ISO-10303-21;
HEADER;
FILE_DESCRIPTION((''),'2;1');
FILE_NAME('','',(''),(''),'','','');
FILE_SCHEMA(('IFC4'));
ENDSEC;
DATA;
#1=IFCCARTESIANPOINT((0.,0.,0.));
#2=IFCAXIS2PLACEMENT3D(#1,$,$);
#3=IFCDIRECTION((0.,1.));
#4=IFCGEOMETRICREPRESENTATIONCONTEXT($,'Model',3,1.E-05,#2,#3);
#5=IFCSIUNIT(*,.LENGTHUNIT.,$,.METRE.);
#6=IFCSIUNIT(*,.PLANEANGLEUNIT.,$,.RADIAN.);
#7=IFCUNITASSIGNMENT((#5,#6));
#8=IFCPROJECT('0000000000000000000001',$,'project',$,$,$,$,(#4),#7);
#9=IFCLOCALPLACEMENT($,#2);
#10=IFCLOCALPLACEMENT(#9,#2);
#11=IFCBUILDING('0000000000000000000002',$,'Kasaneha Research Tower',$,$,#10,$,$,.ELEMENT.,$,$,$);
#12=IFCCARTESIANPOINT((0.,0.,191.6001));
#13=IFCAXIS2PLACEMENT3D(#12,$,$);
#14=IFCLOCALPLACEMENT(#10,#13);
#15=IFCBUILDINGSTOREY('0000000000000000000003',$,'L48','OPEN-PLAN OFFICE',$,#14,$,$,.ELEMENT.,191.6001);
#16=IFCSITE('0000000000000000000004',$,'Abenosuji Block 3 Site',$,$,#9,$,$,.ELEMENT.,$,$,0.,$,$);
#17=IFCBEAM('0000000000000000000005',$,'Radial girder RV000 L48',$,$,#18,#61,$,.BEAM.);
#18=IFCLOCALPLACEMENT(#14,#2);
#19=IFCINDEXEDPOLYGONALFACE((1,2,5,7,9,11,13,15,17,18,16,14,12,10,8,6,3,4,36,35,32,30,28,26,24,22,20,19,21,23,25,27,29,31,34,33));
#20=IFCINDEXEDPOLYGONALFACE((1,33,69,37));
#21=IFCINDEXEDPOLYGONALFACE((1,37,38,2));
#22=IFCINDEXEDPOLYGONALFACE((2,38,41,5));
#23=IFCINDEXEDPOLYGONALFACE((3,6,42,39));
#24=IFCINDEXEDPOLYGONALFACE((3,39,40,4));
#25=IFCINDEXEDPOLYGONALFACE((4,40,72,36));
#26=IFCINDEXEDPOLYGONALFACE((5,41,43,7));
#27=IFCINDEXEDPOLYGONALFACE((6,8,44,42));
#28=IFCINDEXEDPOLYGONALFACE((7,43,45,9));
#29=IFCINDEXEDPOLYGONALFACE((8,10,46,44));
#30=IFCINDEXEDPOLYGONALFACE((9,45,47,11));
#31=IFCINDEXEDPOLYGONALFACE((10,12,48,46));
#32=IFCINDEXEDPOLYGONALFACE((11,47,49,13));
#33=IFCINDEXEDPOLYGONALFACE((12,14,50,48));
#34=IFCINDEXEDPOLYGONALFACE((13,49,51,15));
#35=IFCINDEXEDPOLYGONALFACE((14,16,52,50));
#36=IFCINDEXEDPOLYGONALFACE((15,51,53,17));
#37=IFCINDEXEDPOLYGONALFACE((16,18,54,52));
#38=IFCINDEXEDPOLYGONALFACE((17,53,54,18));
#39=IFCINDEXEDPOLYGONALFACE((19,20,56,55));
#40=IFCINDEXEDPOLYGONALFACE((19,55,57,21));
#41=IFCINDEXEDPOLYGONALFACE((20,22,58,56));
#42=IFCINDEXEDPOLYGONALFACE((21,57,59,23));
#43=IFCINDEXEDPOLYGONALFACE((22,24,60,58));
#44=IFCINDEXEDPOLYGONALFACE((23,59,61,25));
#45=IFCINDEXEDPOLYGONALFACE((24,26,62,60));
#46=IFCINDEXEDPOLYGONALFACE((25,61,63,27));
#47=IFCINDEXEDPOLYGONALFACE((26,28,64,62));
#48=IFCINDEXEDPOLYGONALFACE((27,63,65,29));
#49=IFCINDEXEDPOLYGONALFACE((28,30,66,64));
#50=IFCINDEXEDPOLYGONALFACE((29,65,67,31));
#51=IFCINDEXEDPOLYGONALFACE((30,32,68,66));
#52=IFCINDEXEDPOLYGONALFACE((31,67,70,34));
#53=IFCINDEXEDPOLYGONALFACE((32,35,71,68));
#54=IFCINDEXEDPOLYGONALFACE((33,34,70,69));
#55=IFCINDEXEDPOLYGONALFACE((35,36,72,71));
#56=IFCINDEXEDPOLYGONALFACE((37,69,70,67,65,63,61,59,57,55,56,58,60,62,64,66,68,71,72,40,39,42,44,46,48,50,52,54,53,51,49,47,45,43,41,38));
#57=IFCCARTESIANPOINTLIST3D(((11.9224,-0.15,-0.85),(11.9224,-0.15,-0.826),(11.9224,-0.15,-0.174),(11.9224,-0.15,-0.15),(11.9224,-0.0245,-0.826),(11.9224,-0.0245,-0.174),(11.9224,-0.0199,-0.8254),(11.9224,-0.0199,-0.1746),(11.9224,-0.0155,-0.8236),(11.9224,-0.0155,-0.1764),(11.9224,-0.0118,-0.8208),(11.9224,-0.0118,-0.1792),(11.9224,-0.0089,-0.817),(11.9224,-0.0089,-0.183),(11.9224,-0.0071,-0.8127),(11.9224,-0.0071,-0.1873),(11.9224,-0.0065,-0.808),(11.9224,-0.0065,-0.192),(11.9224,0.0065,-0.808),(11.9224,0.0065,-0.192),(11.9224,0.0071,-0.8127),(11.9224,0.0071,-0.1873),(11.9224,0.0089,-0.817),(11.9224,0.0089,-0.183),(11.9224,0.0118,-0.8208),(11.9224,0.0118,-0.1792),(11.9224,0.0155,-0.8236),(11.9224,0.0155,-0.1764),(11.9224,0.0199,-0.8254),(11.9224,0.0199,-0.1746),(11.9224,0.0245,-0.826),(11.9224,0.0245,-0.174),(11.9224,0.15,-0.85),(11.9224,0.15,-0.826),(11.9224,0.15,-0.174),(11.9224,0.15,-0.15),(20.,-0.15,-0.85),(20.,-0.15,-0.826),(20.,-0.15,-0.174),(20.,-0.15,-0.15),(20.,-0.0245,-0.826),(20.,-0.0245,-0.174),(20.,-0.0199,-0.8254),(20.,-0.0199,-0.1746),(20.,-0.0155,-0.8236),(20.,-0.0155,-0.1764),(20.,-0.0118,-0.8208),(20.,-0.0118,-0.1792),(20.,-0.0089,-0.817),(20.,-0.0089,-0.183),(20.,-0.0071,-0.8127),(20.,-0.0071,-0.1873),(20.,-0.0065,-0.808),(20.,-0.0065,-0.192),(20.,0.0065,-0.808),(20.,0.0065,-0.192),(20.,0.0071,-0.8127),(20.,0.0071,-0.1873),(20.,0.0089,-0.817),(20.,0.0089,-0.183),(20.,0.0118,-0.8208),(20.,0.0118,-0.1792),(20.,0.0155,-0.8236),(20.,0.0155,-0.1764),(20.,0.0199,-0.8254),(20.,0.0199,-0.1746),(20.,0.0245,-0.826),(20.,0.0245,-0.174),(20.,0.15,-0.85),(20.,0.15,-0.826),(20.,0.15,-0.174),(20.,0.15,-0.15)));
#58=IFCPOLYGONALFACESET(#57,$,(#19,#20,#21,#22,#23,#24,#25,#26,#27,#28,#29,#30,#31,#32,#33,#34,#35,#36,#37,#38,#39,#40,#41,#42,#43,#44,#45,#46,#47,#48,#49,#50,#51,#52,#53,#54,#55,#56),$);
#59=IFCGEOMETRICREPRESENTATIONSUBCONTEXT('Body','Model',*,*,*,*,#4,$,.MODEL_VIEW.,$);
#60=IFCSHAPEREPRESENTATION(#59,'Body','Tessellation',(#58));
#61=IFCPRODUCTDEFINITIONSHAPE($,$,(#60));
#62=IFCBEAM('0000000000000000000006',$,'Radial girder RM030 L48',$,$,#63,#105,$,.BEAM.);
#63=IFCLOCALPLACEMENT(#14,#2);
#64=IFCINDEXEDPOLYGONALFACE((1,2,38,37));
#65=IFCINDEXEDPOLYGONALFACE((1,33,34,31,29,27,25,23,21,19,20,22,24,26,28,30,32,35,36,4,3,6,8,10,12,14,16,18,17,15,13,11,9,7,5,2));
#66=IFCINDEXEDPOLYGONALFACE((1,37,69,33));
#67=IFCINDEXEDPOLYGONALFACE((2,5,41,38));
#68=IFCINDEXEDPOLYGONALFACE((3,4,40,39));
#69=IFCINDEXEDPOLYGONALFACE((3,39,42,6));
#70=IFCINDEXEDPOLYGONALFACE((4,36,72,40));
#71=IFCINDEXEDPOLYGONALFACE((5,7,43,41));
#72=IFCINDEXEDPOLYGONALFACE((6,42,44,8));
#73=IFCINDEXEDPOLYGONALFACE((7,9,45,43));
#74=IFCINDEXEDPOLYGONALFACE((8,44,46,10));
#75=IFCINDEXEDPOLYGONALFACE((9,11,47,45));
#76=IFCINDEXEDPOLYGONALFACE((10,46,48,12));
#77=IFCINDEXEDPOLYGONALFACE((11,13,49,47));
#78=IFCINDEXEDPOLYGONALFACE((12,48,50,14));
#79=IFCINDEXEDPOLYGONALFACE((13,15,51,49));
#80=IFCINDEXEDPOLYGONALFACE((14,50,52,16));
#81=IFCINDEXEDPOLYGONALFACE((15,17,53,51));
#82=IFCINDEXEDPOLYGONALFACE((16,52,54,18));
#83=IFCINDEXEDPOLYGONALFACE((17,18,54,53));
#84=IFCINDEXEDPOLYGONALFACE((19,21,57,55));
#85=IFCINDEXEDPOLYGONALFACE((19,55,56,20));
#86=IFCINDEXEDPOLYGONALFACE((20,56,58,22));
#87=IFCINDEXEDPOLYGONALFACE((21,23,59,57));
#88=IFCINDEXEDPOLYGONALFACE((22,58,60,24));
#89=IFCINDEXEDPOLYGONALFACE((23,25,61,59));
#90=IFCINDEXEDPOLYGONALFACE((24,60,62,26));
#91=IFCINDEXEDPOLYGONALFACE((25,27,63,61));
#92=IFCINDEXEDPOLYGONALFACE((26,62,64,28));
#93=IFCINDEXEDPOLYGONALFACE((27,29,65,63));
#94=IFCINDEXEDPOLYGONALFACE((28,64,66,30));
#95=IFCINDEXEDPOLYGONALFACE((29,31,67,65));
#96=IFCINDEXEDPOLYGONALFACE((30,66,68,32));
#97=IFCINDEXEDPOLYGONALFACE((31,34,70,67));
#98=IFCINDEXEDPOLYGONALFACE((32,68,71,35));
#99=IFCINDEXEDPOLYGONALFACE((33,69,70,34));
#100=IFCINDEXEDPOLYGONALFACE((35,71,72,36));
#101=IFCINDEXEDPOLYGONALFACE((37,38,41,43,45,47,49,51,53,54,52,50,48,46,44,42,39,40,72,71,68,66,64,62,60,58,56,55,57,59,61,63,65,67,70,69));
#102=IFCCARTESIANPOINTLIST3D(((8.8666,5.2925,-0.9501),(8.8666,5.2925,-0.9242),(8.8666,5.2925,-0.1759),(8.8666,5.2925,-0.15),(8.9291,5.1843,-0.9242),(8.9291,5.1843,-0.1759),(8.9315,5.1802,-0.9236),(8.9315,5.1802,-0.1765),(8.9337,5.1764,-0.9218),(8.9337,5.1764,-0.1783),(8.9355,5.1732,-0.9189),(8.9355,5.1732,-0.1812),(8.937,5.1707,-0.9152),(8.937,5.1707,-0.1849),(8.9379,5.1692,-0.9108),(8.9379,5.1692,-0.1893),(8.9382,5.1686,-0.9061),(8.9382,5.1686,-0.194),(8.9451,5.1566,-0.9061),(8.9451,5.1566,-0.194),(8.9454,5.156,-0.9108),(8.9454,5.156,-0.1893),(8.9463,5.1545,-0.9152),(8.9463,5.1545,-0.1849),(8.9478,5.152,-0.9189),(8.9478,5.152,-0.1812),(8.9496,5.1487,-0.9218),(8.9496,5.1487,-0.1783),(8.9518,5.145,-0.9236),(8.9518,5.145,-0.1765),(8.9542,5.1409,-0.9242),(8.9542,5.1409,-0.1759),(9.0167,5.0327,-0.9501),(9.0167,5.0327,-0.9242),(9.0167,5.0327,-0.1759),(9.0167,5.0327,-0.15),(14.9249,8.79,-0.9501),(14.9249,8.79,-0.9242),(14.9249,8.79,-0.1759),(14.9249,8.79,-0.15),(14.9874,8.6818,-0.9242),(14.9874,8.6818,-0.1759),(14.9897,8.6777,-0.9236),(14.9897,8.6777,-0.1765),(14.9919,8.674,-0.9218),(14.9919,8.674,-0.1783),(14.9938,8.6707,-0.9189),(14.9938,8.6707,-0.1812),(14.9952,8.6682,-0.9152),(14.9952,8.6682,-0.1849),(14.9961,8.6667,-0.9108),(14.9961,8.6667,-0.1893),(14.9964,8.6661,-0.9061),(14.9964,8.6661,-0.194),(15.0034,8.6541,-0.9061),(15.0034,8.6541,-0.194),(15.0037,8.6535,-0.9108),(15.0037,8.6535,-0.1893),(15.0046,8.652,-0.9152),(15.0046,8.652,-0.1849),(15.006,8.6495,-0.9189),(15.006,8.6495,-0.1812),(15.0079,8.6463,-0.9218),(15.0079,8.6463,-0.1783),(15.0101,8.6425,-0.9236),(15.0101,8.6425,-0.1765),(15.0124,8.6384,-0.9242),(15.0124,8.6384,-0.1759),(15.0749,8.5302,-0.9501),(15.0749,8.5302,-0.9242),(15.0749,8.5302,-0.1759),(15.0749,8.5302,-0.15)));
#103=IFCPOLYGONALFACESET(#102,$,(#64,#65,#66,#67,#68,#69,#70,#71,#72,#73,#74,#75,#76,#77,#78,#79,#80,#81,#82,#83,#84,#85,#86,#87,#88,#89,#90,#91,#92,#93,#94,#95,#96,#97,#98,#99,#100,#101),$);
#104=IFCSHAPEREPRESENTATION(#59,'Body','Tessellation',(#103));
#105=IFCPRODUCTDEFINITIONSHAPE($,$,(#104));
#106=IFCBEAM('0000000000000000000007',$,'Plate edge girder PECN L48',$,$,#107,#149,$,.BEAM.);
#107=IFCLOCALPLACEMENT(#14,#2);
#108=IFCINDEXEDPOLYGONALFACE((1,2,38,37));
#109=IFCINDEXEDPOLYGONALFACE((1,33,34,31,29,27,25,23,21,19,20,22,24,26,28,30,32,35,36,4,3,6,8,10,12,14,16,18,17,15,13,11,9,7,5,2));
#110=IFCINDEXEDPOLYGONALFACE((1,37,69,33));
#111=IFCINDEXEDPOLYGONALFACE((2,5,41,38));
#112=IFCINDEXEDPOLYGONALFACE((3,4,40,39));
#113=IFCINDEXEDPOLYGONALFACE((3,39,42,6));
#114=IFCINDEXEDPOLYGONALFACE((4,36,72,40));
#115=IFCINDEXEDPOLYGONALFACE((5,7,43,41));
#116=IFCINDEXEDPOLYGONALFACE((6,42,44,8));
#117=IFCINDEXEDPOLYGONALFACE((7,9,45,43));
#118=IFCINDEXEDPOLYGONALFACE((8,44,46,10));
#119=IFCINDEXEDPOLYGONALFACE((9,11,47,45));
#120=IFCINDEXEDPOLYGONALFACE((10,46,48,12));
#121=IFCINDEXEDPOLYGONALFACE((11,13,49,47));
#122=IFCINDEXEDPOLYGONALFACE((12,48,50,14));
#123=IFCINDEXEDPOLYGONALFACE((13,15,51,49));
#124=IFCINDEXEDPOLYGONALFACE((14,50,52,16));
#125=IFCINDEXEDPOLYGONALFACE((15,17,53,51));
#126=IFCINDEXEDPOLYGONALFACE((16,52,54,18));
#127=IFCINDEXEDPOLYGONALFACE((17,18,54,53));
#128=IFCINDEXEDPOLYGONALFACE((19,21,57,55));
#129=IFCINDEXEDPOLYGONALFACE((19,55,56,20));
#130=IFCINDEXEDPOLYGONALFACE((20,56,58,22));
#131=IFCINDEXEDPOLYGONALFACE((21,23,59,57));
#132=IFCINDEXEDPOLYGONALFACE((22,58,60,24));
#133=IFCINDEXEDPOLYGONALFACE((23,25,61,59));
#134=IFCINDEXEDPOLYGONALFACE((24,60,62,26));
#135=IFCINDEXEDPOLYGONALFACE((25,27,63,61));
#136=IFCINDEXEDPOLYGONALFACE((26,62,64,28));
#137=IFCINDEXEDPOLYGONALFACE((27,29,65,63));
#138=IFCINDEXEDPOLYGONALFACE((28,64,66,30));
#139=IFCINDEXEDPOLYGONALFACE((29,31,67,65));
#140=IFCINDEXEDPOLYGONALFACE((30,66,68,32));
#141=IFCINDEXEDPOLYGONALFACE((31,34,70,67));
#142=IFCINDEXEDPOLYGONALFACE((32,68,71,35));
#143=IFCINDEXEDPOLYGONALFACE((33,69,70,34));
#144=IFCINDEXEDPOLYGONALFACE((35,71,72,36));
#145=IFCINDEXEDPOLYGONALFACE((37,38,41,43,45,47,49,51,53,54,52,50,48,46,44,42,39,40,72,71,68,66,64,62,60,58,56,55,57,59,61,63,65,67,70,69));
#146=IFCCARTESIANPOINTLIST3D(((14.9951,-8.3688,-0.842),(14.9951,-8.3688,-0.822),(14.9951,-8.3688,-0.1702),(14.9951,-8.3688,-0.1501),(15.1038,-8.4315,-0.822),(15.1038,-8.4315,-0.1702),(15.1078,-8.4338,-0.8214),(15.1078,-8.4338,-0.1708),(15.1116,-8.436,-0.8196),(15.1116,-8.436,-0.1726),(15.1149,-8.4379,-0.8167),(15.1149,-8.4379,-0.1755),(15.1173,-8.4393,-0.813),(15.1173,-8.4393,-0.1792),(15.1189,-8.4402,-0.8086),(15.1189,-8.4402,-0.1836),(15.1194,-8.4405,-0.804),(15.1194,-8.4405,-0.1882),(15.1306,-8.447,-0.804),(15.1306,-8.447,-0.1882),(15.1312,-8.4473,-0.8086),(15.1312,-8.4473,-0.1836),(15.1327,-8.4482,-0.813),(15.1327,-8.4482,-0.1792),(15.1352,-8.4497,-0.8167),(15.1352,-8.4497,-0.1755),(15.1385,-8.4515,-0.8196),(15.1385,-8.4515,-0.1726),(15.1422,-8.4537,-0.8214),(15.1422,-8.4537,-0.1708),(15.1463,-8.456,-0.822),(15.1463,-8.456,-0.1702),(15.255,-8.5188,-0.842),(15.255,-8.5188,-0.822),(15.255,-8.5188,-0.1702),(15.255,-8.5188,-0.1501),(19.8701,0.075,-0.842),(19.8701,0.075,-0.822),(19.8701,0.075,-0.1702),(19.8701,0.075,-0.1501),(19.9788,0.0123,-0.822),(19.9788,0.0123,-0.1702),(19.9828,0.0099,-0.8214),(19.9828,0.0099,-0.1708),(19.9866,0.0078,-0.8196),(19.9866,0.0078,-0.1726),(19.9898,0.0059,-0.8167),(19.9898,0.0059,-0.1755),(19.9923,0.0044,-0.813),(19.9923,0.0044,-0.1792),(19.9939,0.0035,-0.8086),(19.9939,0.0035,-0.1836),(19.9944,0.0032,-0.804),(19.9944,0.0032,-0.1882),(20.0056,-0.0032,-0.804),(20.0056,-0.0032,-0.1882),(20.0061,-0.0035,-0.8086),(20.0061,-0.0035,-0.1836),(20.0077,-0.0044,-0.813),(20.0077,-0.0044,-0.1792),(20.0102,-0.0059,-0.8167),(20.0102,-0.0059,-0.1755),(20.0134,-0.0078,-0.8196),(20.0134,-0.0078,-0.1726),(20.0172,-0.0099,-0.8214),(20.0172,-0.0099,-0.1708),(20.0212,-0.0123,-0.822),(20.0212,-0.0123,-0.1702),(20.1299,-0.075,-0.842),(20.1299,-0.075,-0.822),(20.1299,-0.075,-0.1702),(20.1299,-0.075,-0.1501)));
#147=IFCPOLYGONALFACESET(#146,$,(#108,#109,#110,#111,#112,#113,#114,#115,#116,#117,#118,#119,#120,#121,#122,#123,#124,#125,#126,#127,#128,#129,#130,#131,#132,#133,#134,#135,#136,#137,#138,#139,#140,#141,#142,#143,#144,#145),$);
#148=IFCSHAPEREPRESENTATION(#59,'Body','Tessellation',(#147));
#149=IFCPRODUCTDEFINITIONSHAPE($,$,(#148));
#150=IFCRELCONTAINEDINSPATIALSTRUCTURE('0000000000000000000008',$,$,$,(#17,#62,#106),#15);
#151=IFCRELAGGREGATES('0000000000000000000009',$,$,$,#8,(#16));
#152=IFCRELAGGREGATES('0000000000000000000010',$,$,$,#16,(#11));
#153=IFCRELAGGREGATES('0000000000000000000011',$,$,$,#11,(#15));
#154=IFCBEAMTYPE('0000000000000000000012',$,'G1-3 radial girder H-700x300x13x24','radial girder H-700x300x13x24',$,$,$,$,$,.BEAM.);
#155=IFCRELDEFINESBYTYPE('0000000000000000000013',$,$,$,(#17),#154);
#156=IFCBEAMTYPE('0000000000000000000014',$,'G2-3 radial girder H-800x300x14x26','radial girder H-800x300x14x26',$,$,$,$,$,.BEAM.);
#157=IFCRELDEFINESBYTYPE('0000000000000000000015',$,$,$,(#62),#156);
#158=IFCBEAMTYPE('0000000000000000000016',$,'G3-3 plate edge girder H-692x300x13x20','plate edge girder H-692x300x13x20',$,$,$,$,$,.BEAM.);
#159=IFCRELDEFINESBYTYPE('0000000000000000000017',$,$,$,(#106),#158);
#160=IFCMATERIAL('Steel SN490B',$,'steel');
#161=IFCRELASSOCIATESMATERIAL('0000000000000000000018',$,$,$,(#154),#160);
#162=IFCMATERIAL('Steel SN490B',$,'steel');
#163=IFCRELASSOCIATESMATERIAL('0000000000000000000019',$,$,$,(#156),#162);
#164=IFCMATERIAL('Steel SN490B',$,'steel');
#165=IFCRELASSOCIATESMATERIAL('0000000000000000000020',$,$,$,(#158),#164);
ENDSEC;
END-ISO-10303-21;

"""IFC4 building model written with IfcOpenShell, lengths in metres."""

from ifc_helpers import new_model, si_unit, direction, frame, origin, origin_2d, place, context, subcontext, project, spatial, i_section, extrude, material, material_profile, profile_set, type_object, element, save


model = new_model("IFC4")

# Units and contexts
model_context = context("Model", 3, precision=1e-05, world=origin(), true_north=direction((0.0, 1.0)))
body_context = subcontext(model_context, "Body", "Model", "MODEL_VIEW")
ifc_project = project(units=[si_unit("LENGTHUNIT", "METRE"), si_unit("PLANEANGLEUNIT", "RADIAN")], contexts=[model_context])

# Site, building, storey
site_placement = place(None, origin())
site = spatial("IfcSite", under=ifc_project, at=site_placement, Name="Abenosuji Block 3 Site", CompositionType="ELEMENT", RefElevation=0.0)
building_placement = place(site_placement, origin())
building = spatial("IfcBuilding", under=site, at=building_placement, Name="Kasaneha Research Tower", CompositionType="ELEMENT")
storey_placement = place(building_placement, frame((0.0, 0.0, 191.6001)))
storey = spatial("IfcBuildingStorey", under=building, at=storey_placement, Name="L48", Description="OPEN-PLAN OFFICE", CompositionType="ELEMENT", Elevation=191.6001)

# Beams
ifc_material_1 = material(Name="Steel SN490B", Category="steel")
ifc_material_profile_1 = material_profile(ifc_material_1, i_section(OverallWidth=0.3, OverallDepth=0.7, WebThickness=0.0129, FlangeThickness=0.0239, FilletRadius=0.0181, at=origin_2d()), Name="H-700x300x13x24")
ifc_profile_set_1 = profile_set([ifc_material_profile_1], Name="Steel SN490B")
beam_type_1 = type_object("IfcBeamType", Name="G1-3 radial girder H-700x300x13x24", Description="radial girder H-700x300x13x24", PredefinedType="BEAM", material=ifc_profile_set_1)
beam_1_placement = place(storey_placement, frame((11.9224, 0.0, -0.5), z_axis=(1.0, 0.0, 0.0), x_axis=(0.0, 1.0, 0.0)))
element("IfcBeam", 1, at=beam_1_placement, inside=storey, type_object=beam_type_1, Name="Radial girder RV000 L48", PredefinedType="BEAM", context=body_context, shape_type="SweptSolid", body=[
    extrude(i_section(OverallWidth=0.3, OverallDepth=0.7, WebThickness=0.0129, FlangeThickness=0.0239, FilletRadius=0.0181, at=origin_2d()), origin(), (0.0, 0.0, 1.0), 8.0776),
])
ifc_material_2 = material(Name="Steel SN490B", Category="steel")
ifc_material_profile_2 = material_profile(ifc_material_2, i_section(OverallWidth=0.3, OverallDepth=0.8, WebThickness=0.0139, FlangeThickness=0.0259, FilletRadius=0.0181, at=origin_2d()), Name="H-800x300x14x26")
ifc_profile_set_2 = profile_set([ifc_material_profile_2], Name="Steel SN490B")
beam_type_2 = type_object("IfcBeamType", Name="G2-3 radial girder H-800x300x14x26", Description="radial girder H-800x300x14x26", PredefinedType="BEAM", material=ifc_profile_set_2)
beam_2_placement = place(storey_placement, frame((8.9417, 5.1626, -0.55), z_axis=(0.86604, 0.499975, 0.0), x_axis=(-0.499975, 0.86604, 0.0)))
element("IfcBeam", 2, at=beam_2_placement, inside=storey, type_object=beam_type_2, Name="Radial girder RM030 L48", PredefinedType="BEAM", context=body_context, shape_type="SweptSolid", body=[
    extrude(i_section(OverallWidth=0.3, OverallDepth=0.8, WebThickness=0.0139, FlangeThickness=0.0259, FilletRadius=0.0181, at=origin_2d()), origin(), (0.0, 0.0, 1.0), 6.9954),
])
ifc_material_3 = material(Name="Steel SN490B", Category="steel")
ifc_material_profile_3 = material_profile(ifc_material_3, i_section(OverallWidth=0.3, OverallDepth=0.6919, WebThickness=0.0129, FlangeThickness=0.02, FilletRadius=0.0181, at=origin_2d()), Name="H-692x300x13x20")
ifc_profile_set_3 = profile_set([ifc_material_profile_3], Name="Steel SN490B")
beam_type_3 = type_object("IfcBeamType", Name="G3-3 plate edge girder H-692x300x13x20", Description="plate edge girder H-692x300x13x20", PredefinedType="BEAM", material=ifc_profile_set_3)
beam_3_placement = place(storey_placement, frame((20.0, 0.0, -0.4961), z_axis=(-0.499996, -0.866028, 0.0), x_axis=(0.866028, -0.499996, 0.0)))
element("IfcBeam", 3, at=beam_3_placement, inside=storey, type_object=beam_type_3, Name="Plate edge girder PECN L48", PredefinedType="BEAM", context=body_context, shape_type="SweptSolid", body=[
    extrude(i_section(OverallWidth=0.3, OverallDepth=0.6919, WebThickness=0.0129, FlangeThickness=0.02, FilletRadius=0.0181, at=origin_2d()), origin(), (0.0, 0.0, 1.0), 9.75),
])

save(model, "model.ifc")
